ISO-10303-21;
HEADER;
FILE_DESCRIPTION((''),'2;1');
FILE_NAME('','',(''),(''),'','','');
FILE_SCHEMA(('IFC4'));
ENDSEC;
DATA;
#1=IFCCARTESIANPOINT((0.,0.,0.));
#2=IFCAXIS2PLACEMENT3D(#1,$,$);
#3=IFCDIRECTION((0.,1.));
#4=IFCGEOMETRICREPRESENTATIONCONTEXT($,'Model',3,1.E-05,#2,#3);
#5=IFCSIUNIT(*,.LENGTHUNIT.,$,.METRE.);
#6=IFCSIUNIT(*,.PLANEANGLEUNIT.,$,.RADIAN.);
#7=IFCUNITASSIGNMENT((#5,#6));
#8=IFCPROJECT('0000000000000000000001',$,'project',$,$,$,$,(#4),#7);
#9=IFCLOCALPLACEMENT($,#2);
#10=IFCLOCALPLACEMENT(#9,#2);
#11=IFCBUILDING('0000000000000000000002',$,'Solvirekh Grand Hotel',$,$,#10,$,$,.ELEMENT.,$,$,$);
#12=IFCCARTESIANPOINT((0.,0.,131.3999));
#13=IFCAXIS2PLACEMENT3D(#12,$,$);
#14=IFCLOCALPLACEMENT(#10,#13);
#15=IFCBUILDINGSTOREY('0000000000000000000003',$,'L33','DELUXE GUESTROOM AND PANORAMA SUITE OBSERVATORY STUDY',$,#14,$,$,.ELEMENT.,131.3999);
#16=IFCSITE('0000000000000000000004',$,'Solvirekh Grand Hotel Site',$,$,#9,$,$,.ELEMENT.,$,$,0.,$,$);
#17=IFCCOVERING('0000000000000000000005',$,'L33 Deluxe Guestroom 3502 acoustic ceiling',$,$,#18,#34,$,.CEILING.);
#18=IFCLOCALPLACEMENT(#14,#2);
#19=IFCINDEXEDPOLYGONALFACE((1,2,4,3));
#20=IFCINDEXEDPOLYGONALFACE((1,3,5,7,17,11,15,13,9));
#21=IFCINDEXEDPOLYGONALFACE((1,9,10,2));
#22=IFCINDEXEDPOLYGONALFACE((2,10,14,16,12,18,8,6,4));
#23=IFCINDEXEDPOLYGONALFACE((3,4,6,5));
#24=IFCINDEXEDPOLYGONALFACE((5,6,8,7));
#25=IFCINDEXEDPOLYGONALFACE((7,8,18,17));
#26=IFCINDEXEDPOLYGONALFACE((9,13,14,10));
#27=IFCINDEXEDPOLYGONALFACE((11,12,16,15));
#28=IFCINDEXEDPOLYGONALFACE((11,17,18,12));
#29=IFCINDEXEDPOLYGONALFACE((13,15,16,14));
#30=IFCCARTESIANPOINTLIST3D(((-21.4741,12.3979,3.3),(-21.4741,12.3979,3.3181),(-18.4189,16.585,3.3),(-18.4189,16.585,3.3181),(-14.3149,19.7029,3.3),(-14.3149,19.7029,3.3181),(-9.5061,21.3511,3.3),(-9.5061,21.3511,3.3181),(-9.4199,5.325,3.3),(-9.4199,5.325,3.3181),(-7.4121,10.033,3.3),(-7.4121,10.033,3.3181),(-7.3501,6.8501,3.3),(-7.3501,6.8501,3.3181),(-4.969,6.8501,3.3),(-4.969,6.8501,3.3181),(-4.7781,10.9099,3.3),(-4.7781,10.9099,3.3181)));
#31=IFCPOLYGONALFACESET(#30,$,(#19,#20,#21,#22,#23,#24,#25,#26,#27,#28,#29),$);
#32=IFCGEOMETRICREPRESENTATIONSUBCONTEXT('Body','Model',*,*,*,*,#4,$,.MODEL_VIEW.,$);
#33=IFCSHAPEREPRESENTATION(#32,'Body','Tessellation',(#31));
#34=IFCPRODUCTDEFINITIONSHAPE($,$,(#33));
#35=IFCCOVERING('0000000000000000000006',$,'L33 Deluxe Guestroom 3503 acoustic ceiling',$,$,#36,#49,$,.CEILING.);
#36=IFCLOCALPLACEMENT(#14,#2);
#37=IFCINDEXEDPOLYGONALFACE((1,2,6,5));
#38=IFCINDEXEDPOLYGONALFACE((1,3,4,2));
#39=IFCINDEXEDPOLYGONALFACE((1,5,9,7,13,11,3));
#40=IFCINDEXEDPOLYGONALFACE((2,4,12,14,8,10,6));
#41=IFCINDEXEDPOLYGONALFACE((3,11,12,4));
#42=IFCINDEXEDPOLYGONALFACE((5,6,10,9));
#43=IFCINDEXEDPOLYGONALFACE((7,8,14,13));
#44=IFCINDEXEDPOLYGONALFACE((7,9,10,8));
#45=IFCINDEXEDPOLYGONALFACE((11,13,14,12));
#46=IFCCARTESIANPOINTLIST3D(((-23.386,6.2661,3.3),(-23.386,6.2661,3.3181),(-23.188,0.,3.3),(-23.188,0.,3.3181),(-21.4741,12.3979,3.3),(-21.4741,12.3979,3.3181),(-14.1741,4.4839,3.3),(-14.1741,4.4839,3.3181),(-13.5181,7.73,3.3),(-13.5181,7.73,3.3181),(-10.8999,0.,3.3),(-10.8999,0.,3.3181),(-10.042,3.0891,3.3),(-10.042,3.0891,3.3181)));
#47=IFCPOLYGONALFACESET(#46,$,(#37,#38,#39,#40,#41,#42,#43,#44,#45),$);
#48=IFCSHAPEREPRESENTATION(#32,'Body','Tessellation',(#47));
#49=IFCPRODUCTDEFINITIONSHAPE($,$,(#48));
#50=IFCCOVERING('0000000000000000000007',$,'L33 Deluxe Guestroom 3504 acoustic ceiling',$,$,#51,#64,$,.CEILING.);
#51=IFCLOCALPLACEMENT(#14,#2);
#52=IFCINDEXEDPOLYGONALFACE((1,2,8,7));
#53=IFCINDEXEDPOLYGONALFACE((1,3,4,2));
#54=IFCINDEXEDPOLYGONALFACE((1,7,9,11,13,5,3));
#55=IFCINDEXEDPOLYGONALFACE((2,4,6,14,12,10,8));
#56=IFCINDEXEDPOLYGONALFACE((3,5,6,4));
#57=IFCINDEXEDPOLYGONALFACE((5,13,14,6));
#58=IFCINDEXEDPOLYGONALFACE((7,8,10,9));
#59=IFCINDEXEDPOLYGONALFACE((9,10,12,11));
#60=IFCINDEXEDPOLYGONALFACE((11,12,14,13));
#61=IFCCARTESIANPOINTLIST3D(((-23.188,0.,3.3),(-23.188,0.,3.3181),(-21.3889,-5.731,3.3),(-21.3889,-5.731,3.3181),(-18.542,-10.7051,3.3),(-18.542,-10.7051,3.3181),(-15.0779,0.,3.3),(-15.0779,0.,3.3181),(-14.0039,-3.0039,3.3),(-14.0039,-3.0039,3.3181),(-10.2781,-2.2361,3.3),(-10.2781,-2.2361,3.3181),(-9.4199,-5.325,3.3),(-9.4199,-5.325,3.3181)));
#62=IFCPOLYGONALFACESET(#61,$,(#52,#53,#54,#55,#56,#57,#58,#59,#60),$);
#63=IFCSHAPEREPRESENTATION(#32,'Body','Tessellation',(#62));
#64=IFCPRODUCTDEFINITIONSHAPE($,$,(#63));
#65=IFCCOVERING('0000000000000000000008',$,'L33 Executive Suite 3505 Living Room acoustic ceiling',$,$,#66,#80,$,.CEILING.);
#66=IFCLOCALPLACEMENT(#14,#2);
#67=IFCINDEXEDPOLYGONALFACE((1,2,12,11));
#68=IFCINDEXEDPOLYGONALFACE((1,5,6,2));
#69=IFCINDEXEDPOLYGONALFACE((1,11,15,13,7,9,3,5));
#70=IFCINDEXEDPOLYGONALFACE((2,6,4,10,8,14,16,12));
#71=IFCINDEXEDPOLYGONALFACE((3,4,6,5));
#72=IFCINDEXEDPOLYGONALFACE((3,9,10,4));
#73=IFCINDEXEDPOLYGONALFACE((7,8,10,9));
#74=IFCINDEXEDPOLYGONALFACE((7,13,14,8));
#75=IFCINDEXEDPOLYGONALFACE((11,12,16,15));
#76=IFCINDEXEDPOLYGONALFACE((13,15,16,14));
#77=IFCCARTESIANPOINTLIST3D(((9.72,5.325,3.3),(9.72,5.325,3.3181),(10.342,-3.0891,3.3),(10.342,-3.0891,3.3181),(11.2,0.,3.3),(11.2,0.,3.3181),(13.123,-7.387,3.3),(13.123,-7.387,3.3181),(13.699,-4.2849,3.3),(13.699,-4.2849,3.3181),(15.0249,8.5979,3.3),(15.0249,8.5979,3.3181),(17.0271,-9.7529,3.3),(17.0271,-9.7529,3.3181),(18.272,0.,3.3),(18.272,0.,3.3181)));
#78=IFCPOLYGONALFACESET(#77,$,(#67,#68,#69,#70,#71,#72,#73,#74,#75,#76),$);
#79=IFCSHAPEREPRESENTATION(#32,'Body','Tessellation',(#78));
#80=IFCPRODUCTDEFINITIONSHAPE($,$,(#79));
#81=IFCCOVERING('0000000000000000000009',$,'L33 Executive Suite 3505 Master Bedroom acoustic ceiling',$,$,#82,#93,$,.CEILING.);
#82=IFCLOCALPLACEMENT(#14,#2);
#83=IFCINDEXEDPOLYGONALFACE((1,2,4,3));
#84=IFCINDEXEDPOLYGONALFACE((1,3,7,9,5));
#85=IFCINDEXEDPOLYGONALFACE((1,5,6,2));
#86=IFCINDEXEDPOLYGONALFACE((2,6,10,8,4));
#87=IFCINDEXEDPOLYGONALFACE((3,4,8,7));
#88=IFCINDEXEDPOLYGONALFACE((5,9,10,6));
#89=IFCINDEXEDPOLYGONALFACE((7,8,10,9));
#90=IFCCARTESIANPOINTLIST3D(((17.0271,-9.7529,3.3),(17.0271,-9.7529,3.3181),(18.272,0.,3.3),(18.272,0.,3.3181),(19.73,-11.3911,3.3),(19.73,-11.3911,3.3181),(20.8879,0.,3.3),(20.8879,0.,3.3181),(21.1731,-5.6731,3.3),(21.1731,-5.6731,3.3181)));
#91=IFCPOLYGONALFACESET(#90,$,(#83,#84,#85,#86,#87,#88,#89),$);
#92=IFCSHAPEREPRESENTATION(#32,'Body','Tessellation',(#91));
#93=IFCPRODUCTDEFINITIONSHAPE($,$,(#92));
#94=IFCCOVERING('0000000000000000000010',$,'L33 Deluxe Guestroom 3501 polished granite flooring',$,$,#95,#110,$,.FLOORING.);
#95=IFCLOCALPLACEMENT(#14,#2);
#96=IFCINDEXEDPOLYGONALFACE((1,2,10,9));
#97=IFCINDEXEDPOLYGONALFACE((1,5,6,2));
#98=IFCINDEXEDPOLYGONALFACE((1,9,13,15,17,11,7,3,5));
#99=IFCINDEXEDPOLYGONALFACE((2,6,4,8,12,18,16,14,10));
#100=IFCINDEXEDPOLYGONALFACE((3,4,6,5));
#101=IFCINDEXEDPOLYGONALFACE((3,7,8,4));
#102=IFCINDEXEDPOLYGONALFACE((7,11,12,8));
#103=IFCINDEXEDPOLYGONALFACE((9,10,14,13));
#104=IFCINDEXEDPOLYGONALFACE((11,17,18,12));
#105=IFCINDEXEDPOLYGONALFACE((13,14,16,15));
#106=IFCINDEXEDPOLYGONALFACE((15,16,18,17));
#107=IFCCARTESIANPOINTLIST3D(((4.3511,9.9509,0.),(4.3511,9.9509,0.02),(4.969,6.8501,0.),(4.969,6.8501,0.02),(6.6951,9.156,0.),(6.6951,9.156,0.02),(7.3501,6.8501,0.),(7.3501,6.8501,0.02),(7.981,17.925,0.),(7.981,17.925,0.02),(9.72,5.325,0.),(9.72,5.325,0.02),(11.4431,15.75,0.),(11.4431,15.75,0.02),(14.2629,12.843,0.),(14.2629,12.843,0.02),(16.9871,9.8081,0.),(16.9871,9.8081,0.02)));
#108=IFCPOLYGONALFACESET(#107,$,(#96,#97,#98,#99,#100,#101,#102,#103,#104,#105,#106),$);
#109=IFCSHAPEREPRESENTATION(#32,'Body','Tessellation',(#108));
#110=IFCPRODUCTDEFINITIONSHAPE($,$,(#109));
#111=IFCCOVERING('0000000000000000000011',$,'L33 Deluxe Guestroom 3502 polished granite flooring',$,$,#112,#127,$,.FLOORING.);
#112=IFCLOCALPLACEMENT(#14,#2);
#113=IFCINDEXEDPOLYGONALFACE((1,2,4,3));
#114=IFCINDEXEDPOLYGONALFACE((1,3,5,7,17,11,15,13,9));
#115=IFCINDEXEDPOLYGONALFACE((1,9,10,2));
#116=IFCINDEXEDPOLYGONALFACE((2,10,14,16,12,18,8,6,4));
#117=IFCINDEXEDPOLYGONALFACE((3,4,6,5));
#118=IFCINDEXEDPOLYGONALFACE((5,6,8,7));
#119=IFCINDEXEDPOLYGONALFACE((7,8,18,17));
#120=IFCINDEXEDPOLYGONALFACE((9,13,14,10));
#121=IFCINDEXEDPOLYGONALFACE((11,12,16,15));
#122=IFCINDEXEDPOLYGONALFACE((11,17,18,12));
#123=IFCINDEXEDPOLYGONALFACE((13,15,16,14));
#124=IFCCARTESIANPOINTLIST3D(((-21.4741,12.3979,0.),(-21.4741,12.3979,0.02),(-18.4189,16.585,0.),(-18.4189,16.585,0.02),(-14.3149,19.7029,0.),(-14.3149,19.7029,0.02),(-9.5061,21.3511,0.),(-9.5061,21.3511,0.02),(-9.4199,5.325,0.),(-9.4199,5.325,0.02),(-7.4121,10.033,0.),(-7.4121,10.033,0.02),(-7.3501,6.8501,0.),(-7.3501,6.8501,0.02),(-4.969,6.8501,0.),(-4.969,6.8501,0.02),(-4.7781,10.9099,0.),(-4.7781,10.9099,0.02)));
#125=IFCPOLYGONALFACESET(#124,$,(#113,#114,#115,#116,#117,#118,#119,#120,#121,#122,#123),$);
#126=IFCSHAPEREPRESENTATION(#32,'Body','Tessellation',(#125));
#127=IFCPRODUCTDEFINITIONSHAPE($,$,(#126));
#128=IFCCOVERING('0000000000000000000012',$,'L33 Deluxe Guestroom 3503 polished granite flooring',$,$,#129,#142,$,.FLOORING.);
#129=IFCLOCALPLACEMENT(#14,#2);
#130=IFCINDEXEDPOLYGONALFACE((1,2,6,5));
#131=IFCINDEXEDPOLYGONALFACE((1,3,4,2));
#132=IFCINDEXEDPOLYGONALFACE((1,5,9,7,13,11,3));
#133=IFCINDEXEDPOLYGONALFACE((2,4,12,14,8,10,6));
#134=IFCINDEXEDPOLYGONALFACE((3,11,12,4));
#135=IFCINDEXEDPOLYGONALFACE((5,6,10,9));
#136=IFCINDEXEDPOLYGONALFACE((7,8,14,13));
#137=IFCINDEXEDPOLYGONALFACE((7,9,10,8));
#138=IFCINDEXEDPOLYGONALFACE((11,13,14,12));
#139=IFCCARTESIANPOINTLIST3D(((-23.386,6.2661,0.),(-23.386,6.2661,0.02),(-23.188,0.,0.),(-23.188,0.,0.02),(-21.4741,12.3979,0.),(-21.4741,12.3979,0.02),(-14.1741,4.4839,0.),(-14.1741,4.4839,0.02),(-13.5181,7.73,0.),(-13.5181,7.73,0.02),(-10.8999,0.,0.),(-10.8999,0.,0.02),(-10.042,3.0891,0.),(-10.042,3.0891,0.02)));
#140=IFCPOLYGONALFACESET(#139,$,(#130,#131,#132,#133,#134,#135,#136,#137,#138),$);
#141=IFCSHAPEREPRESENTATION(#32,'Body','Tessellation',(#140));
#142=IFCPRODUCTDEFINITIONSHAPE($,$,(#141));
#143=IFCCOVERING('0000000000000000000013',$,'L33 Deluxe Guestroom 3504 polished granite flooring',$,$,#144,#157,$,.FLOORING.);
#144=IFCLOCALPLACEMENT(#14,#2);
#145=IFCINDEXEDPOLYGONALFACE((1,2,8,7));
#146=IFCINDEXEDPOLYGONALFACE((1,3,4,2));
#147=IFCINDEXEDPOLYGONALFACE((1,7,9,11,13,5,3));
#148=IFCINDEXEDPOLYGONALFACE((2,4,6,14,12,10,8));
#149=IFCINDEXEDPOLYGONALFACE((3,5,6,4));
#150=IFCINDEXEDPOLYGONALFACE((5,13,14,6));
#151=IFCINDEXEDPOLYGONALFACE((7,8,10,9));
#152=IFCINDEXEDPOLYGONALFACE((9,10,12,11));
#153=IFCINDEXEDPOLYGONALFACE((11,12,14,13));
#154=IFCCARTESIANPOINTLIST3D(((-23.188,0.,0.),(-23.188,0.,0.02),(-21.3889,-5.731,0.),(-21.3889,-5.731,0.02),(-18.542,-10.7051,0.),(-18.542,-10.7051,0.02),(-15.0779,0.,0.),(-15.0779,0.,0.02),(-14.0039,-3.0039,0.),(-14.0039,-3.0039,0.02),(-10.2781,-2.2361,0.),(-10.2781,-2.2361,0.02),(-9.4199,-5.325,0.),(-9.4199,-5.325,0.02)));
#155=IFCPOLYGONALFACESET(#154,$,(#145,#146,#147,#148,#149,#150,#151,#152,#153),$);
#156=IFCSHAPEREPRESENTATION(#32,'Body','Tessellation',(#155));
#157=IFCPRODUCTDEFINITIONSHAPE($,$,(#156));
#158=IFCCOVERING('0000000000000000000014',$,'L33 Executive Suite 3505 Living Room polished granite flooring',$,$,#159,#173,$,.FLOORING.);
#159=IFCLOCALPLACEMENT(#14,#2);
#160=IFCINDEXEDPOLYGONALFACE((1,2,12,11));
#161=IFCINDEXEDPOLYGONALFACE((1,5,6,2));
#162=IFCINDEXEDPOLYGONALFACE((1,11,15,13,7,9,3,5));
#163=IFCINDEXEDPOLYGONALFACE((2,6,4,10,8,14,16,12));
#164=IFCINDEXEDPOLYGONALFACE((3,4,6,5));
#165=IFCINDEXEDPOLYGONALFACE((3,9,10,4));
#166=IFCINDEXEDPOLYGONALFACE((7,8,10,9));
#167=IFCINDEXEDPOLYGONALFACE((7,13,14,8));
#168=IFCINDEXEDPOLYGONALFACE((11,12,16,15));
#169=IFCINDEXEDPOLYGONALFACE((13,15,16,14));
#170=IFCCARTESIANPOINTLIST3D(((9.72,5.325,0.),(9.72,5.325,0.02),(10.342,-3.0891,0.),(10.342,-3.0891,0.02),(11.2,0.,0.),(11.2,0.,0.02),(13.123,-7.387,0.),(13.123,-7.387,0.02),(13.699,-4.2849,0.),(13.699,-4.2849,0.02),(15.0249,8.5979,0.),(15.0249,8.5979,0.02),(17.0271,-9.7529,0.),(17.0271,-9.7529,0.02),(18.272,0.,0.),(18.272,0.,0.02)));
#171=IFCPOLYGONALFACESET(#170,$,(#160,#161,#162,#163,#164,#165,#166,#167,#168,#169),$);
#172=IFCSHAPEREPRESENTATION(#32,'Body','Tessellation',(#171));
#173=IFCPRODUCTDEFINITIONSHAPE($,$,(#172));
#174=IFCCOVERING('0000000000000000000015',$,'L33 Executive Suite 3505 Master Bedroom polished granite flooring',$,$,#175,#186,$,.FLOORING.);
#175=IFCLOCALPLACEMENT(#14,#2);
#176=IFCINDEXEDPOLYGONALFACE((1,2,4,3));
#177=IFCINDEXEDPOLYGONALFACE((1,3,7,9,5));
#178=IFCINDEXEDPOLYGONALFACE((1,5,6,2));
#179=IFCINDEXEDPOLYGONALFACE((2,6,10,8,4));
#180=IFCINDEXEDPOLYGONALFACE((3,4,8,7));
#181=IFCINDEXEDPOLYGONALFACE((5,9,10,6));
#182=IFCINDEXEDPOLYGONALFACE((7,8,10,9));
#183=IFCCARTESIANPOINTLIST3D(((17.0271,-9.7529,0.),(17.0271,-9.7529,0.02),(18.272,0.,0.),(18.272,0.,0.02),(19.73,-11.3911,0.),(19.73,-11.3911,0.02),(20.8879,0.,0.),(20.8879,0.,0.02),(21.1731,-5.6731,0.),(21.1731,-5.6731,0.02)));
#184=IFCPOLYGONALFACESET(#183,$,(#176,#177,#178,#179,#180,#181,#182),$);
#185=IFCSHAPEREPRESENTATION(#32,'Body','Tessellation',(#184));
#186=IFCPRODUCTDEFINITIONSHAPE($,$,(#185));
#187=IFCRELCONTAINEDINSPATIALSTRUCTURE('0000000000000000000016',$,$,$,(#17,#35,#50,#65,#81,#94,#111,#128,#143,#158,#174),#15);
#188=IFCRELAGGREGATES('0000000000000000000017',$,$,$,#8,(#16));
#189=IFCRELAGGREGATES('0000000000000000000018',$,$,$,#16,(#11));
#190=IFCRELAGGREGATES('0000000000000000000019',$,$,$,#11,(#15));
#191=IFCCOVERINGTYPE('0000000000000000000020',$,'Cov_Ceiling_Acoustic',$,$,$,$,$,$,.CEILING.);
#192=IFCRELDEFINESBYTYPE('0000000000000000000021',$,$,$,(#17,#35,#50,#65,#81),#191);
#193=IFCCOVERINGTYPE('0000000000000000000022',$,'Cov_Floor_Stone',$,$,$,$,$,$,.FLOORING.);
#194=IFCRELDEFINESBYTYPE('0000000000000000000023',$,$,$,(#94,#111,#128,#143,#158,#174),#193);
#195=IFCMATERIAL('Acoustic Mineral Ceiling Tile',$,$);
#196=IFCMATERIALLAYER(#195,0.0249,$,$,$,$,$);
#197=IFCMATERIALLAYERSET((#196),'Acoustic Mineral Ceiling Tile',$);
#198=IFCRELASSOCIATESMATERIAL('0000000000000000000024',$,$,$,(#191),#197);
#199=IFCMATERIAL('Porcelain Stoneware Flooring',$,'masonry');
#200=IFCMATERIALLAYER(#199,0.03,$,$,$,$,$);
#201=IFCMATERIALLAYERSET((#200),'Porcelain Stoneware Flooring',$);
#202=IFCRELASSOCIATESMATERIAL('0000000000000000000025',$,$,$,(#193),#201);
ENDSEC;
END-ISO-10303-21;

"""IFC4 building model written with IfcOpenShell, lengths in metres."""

from ifc_helpers import new_model, si_unit, direction, frame, origin, place, context, subcontext, project, spatial, polyline, outline, extrude, material, layer, layer_set, type_object, element, save


model = new_model("IFC4")

# Units and contexts
model_context = context("Model", 3, precision=1e-05, world=origin(), true_north=direction((0.0, 1.0)))
body_context = subcontext(model_context, "Body", "Model", "MODEL_VIEW")
ifc_project = project(units=[si_unit("LENGTHUNIT", "METRE"), si_unit("PLANEANGLEUNIT", "RADIAN")], contexts=[model_context])

# Site, building, storey
site_placement = place(None, origin())
site = spatial("IfcSite", under=ifc_project, at=site_placement, Name="Solvirekh Grand Hotel Site", CompositionType="ELEMENT", RefElevation=0.0)
building_placement = place(site_placement, origin())
building = spatial("IfcBuilding", under=site, at=building_placement, Name="Solvirekh Grand Hotel", CompositionType="ELEMENT")
storey_placement = place(building_placement, frame((0.0, 0.0, 131.3999)))
storey = spatial("IfcBuildingStorey", under=building, at=storey_placement, Name="L33", Description="DELUXE GUESTROOM AND PANORAMA SUITE OBSERVATORY STUDY", CompositionType="ELEMENT", Elevation=131.3999)

# Coverings
ifc_material_1 = material(Name="Acoustic Mineral Ceiling Tile")
ifc_layer_1 = layer(ifc_material_1, 0.0249)
ifc_layer_set_1 = layer_set([ifc_layer_1], Name="Acoustic Mineral Ceiling Tile")
covering_type_1 = type_object("IfcCoveringType", Name="Cov_Ceiling_Acoustic", PredefinedType="CEILING", material=ifc_layer_set_1)
covering_1_placement = place(storey_placement, frame((0.0, 0.0, 3.3)))
element("IfcCovering", 1, at=covering_1_placement, inside=storey, type_object=covering_type_1, Name="L33 Deluxe Guestroom 3502 acoustic ceiling", PredefinedType="CEILING", context=body_context, shape_type="SweptSolid", body=[
    extrude(outline(polyline([(-4.969, 6.8501), (-7.4121, 10.033), (-4.7781, 10.9099), (-9.5061, 21.3511), (-14.3149, 19.7029), (-18.4189, 16.585), (-21.4741, 12.3979), (-9.4199, 5.325), (-7.3501, 6.8501), (-4.969, 6.8501)])), origin(), (0.0, 0.0, 1.0), 0.0181),
])
covering_2_placement = place(storey_placement, frame((0.0, 0.0, 3.3)))
element("IfcCovering", 2, at=covering_2_placement, inside=storey, type_object=covering_type_1, Name="L33 Deluxe Guestroom 3503 acoustic ceiling", PredefinedType="CEILING", context=body_context, shape_type="SweptSolid", body=[
    extrude(outline(polyline([(-14.1741, 4.4839), (-13.5181, 7.73), (-21.4741, 12.3979), (-23.386, 6.2661), (-23.188, 0.0), (-10.8999, 0.0), (-10.042, 3.0891), (-14.1741, 4.4839)])), origin(), (0.0, 0.0, 1.0), 0.0181),
])
covering_3_placement = place(storey_placement, frame((0.0, 0.0, 3.3)))
element("IfcCovering", 3, at=covering_3_placement, inside=storey, type_object=covering_type_1, Name="L33 Deluxe Guestroom 3504 acoustic ceiling", PredefinedType="CEILING", context=body_context, shape_type="SweptSolid", body=[
    extrude(outline(polyline([(-14.0039, -3.0039), (-15.0779, 0.0), (-23.188, 0.0), (-21.3889, -5.731), (-18.542, -10.7051), (-9.4199, -5.325), (-10.2781, -2.2361), (-14.0039, -3.0039)])), origin(), (0.0, 0.0, 1.0), 0.0181),
])
covering_4_placement = place(storey_placement, frame((0.0, 0.0, 3.3)))
element("IfcCovering", 4, at=covering_4_placement, inside=storey, type_object=covering_type_1, Name="L33 Executive Suite 3505 Living Room acoustic ceiling", PredefinedType="CEILING", context=body_context, shape_type="SweptSolid", body=[
    extrude(outline(polyline([(13.699, -4.2849), (13.123, -7.387), (17.0271, -9.7529), (18.272, 0.0), (15.0249, 8.5979), (9.72, 5.325), (11.2, 0.0), (10.342, -3.0891), (13.699, -4.2849)])), origin(), (0.0, 0.0, 1.0), 0.0181),
])
covering_5_placement = place(storey_placement, frame((0.0, 0.0, 3.3)))
element("IfcCovering", 5, at=covering_5_placement, inside=storey, type_object=covering_type_1, Name="L33 Executive Suite 3505 Master Bedroom acoustic ceiling", PredefinedType="CEILING", context=body_context, shape_type="SweptSolid", body=[
    extrude(outline(polyline([(19.73, -11.3911), (21.1731, -5.6731), (20.8879, 0.0), (18.272, 0.0), (17.0271, -9.7529), (19.73, -11.3911)])), origin(), (0.0, 0.0, 1.0), 0.0181),
])
ifc_material_2 = material(Name="Porcelain Stoneware Flooring", Category="masonry")
ifc_layer_2 = layer(ifc_material_2, 0.03)
ifc_layer_set_2 = layer_set([ifc_layer_2], Name="Porcelain Stoneware Flooring")
covering_type_2 = type_object("IfcCoveringType", Name="Cov_Floor_Stone", PredefinedType="FLOORING", material=ifc_layer_set_2)
covering_6_placement = place(storey_placement, origin())
element("IfcCovering", 6, at=covering_6_placement, inside=storey, type_object=covering_type_2, Name="L33 Deluxe Guestroom 3501 polished granite flooring", PredefinedType="FLOORING", context=body_context, shape_type="SweptSolid", body=[
    extrude(outline(polyline([(4.3511, 9.9509), (6.6951, 9.156), (4.969, 6.8501), (7.3501, 6.8501), (9.72, 5.325), (16.9871, 9.8081), (14.2629, 12.843), (11.4431, 15.75), (7.981, 17.925), (4.3511, 9.9509)])), origin(), (0.0, 0.0, 1.0), 0.02),
])
covering_7_placement = place(storey_placement, origin())
element("IfcCovering", 7, at=covering_7_placement, inside=storey, type_object=covering_type_2, Name="L33 Deluxe Guestroom 3502 polished granite flooring", PredefinedType="FLOORING", context=body_context, shape_type="SweptSolid", body=[
    extrude(outline(polyline([(-4.969, 6.8501), (-7.4121, 10.033), (-4.7781, 10.9099), (-9.5061, 21.3511), (-14.3149, 19.7029), (-18.4189, 16.585), (-21.4741, 12.3979), (-9.4199, 5.325), (-7.3501, 6.8501), (-4.969, 6.8501)])), origin(), (0.0, 0.0, 1.0), 0.02),
])
covering_8_placement = place(storey_placement, origin())
element("IfcCovering", 8, at=covering_8_placement, inside=storey, type_object=covering_type_2, Name="L33 Deluxe Guestroom 3503 polished granite flooring", PredefinedType="FLOORING", context=body_context, shape_type="SweptSolid", body=[
    extrude(outline(polyline([(-14.1741, 4.4839), (-13.5181, 7.73), (-21.4741, 12.3979), (-23.386, 6.2661), (-23.188, 0.0), (-10.8999, 0.0), (-10.042, 3.0891), (-14.1741, 4.4839)])), origin(), (0.0, 0.0, 1.0), 0.02),
])
covering_9_placement = place(storey_placement, origin())
element("IfcCovering", 9, at=covering_9_placement, inside=storey, type_object=covering_type_2, Name="L33 Deluxe Guestroom 3504 polished granite flooring", PredefinedType="FLOORING", context=body_context, shape_type="SweptSolid", body=[
    extrude(outline(polyline([(-14.0039, -3.0039), (-15.0779, 0.0), (-23.188, 0.0), (-21.3889, -5.731), (-18.542, -10.7051), (-9.4199, -5.325), (-10.2781, -2.2361), (-14.0039, -3.0039)])), origin(), (0.0, 0.0, 1.0), 0.02),
])
covering_10_placement = place(storey_placement, origin())
element("IfcCovering", 10, at=covering_10_placement, inside=storey, type_object=covering_type_2, Name="L33 Executive Suite 3505 Living Room polished granite flooring", PredefinedType="FLOORING", context=body_context, shape_type="SweptSolid", body=[
    extrude(outline(polyline([(13.699, -4.2849), (13.123, -7.387), (17.0271, -9.7529), (18.272, 0.0), (15.0249, 8.5979), (9.72, 5.325), (11.2, 0.0), (10.342, -3.0891), (13.699, -4.2849)])), origin(), (0.0, 0.0, 1.0), 0.02),
])
covering_11_placement = place(storey_placement, origin())
element("IfcCovering", 11, at=covering_11_placement, inside=storey, type_object=covering_type_2, Name="L33 Executive Suite 3505 Master Bedroom polished granite flooring", PredefinedType="FLOORING", context=body_context, shape_type="SweptSolid", body=[
    extrude(outline(polyline([(19.73, -11.3911), (21.1731, -5.6731), (20.8879, 0.0), (18.272, 0.0), (17.0271, -9.7529), (19.73, -11.3911)])), origin(), (0.0, 0.0, 1.0), 0.02),
])

save(model, "model.ifc")
